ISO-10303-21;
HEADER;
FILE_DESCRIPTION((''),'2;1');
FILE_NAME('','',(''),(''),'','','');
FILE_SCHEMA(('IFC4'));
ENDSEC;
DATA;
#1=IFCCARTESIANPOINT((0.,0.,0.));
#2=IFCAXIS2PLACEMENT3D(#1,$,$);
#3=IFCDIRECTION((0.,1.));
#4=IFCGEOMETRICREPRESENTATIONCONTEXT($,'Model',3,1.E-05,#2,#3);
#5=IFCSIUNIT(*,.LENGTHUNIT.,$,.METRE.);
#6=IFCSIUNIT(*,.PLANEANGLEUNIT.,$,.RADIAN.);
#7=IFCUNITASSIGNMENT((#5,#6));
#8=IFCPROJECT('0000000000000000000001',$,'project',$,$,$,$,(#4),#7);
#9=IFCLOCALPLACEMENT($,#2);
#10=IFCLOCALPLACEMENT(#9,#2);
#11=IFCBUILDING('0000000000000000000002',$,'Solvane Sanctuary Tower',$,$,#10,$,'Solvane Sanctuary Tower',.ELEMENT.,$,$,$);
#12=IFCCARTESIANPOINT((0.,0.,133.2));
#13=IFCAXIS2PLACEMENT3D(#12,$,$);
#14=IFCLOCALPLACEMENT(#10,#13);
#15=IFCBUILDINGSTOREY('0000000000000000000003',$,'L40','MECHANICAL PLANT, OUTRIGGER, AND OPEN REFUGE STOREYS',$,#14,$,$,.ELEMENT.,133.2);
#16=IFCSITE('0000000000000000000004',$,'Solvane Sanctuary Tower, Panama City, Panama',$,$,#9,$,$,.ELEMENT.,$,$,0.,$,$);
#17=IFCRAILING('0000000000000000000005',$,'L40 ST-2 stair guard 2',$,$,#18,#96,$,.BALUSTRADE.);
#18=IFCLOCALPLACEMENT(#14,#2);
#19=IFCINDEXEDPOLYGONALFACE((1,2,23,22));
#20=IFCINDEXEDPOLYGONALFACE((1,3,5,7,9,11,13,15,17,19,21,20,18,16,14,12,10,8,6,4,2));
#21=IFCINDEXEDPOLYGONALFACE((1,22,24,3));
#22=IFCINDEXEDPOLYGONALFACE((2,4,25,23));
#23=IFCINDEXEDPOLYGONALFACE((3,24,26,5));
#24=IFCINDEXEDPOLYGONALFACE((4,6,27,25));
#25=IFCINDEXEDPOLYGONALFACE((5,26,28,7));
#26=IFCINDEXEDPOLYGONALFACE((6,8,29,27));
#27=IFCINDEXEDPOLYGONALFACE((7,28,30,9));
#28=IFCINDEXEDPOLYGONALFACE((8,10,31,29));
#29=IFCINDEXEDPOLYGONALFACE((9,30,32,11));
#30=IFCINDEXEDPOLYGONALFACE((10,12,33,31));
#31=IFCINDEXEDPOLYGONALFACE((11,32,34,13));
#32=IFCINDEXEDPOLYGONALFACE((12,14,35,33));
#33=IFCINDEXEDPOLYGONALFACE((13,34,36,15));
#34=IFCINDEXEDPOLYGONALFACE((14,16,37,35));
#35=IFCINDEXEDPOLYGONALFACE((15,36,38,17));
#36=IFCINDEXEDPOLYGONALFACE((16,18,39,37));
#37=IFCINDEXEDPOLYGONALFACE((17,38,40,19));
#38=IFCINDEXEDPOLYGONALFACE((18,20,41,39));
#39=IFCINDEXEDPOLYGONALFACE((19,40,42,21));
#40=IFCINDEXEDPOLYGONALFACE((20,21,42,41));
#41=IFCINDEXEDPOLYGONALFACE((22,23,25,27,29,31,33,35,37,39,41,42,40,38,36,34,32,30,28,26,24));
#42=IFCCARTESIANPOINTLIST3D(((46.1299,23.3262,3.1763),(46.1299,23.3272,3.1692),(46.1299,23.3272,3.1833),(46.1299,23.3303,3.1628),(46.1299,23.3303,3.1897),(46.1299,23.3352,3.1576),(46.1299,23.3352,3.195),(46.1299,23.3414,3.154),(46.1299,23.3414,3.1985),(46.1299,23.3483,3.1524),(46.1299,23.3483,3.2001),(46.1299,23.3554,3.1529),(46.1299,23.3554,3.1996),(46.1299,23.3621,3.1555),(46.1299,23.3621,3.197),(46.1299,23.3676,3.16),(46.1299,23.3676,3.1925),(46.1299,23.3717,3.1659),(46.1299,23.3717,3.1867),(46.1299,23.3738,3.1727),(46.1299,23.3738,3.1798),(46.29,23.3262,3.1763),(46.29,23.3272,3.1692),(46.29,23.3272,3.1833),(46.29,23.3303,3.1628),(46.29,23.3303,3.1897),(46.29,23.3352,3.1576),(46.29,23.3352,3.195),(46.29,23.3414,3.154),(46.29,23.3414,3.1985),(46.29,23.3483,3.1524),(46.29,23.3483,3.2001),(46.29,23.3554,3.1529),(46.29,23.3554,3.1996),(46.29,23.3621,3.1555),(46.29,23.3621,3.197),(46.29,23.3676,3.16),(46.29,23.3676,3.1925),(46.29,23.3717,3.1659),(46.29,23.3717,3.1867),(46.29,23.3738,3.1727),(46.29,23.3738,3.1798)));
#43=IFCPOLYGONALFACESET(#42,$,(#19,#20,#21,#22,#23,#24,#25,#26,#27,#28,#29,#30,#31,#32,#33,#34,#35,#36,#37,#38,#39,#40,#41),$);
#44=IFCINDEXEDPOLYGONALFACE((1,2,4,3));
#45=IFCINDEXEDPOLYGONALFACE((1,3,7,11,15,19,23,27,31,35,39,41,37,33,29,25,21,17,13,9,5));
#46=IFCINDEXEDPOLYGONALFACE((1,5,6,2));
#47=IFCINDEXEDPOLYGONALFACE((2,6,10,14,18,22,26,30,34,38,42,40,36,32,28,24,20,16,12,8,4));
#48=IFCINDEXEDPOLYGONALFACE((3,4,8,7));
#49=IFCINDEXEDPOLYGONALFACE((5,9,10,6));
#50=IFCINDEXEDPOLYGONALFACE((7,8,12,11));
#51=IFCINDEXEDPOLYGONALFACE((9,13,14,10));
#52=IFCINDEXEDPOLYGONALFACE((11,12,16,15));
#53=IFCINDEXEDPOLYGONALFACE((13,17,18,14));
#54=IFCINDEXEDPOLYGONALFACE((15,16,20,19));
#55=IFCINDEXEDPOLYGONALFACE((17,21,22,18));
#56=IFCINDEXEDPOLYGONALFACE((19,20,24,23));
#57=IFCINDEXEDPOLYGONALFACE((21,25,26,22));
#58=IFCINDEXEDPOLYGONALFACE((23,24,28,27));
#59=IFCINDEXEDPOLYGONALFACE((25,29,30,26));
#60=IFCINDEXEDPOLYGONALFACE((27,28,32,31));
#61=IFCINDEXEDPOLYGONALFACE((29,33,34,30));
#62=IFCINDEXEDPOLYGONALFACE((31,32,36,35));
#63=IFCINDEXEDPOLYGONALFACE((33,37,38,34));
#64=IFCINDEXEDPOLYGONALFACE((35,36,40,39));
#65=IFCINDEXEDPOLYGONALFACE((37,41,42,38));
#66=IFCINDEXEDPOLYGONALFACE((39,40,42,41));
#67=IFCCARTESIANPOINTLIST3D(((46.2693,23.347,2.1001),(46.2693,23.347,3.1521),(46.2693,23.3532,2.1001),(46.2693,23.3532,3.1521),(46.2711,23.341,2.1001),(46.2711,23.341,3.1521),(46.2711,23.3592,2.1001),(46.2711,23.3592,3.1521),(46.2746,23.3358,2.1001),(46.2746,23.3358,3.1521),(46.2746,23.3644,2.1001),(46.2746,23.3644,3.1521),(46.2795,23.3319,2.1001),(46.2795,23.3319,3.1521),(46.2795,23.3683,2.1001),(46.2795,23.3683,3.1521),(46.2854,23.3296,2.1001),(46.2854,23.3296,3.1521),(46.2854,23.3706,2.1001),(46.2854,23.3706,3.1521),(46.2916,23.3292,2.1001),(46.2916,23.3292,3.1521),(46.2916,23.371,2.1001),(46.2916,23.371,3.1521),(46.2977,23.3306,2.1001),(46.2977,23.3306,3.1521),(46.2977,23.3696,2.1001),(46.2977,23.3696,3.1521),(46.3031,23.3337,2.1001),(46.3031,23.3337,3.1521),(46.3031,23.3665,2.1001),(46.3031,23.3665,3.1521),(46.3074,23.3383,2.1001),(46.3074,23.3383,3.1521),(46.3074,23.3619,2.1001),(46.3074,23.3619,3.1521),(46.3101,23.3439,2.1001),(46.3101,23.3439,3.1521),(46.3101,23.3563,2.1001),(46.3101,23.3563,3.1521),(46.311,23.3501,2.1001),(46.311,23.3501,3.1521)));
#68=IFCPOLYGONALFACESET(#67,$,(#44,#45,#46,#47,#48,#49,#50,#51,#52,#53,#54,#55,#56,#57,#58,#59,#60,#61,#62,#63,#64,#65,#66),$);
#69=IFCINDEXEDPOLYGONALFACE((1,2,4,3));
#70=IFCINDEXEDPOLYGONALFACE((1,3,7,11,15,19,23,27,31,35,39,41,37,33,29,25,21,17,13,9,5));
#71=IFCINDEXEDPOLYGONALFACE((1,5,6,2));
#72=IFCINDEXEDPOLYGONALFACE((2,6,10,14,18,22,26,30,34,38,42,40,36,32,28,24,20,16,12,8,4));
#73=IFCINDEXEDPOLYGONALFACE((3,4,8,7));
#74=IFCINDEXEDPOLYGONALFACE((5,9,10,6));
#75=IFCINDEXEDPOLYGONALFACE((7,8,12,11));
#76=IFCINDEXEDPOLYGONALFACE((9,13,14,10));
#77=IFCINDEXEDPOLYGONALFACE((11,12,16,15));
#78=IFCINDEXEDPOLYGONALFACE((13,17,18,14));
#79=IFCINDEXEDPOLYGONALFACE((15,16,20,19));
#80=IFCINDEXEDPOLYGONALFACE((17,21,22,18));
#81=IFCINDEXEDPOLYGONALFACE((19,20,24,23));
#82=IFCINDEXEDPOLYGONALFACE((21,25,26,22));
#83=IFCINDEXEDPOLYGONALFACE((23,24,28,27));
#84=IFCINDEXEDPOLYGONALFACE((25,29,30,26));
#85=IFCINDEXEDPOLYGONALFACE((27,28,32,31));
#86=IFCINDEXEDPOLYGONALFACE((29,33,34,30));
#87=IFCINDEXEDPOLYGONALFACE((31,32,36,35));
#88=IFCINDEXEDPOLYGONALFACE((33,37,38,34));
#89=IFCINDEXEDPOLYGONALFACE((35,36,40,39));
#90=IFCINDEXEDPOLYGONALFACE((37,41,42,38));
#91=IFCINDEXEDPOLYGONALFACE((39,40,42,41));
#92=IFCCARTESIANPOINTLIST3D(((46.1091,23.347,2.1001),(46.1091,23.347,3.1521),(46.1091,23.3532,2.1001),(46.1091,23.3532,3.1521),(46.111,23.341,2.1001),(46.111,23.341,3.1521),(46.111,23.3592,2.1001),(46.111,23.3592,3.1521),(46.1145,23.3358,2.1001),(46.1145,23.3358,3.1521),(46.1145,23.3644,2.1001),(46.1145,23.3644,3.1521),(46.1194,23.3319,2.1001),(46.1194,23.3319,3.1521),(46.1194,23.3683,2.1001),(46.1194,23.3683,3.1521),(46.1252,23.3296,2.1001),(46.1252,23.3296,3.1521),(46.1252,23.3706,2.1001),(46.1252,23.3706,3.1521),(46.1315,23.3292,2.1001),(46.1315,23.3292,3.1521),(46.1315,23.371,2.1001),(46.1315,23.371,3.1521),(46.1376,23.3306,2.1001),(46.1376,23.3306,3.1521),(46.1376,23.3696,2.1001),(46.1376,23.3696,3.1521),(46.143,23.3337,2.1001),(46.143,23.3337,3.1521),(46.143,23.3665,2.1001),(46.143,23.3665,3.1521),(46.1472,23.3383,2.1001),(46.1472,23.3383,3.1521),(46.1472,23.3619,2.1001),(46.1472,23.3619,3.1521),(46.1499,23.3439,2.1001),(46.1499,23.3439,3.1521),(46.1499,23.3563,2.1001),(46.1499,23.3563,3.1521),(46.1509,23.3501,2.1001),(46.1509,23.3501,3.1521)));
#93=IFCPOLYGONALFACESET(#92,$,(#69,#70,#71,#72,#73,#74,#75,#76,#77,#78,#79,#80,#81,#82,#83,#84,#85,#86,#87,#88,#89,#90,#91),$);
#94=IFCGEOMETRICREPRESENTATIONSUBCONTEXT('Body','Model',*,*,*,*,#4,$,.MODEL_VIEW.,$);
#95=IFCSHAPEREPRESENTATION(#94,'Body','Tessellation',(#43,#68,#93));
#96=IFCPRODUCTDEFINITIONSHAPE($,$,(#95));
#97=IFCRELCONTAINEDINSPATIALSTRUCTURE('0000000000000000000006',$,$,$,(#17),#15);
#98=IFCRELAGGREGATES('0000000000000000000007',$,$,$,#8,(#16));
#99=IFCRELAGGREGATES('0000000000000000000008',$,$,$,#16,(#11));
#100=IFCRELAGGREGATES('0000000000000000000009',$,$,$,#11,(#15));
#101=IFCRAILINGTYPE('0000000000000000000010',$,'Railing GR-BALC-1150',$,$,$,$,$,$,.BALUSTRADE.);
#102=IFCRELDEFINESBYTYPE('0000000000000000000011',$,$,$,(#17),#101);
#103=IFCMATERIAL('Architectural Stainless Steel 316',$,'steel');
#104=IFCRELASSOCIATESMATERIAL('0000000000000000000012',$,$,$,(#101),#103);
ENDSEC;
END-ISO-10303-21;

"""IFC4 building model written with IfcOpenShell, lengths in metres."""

from ifc_helpers import new_model, si_unit, direction, frame, origin, origin_2d, place, context, subcontext, project, spatial, circle, extrude, material, type_object, element, save


model = new_model("IFC4")

# Units and contexts
model_context = context("Model", 3, precision=1e-05, world=origin(), true_north=direction((0.0, 1.0)))
body_context = subcontext(model_context, "Body", "Model", "MODEL_VIEW")
ifc_project = project(units=[si_unit("LENGTHUNIT", "METRE"), si_unit("PLANEANGLEUNIT", "RADIAN")], contexts=[model_context])

# Site, building, storey
site_placement = place(None, origin())
site = spatial("IfcSite", under=ifc_project, at=site_placement, Name="Solvane Sanctuary Tower, Panama City, Panama", CompositionType="ELEMENT", RefElevation=0.0)
building_placement = place(site_placement, origin())
building = spatial("IfcBuilding", under=site, at=building_placement, Name="Solvane Sanctuary Tower", LongName="Solvane Sanctuary Tower", CompositionType="ELEMENT")
storey_placement = place(building_placement, frame((0.0, 0.0, 133.2)))
storey = spatial("IfcBuildingStorey", under=building, at=storey_placement, Name="L40", Description="MECHANICAL PLANT, OUTRIGGER, AND OPEN REFUGE STOREYS", CompositionType="ELEMENT", Elevation=133.2)

# Shared definitions
ifc_material_1 = material(Name="Architectural Stainless Steel 316", Category="steel")

# Railing
railing_type_1 = type_object("IfcRailingType", Name="Railing GR-BALC-1150", PredefinedType="BALUSTRADE", material=ifc_material_1)
railing_1_placement = place(storey_placement, frame((46.29, 23.3501, 2.1001)))
element("IfcRailing", 1, at=railing_1_placement, inside=storey, type_object=railing_type_1, Name="L40 ST-2 stair guard 2", PredefinedType="BALUSTRADE", context=body_context, shape_type="SweptSolid", body=[
    extrude(circle(Radius=0.0239, at=origin_2d()), frame((0.0, 0.0, 1.0762), z_axis=(-1.0, 0.0, 0.0), x_axis=(0.0, -1.0, 0.0)), (0.0, 0.0, 1.0), 0.1602),
    extrude(circle(Radius=0.021, at=origin_2d()), origin(), (0.0, 0.0, 1.0), 1.052),
    extrude(circle(Radius=0.021, at=origin_2d()), frame((-0.1602, 0.0, 0.0)), (0.0, 0.0, 1.0), 1.052),
])

save(model, "model.ifc")
